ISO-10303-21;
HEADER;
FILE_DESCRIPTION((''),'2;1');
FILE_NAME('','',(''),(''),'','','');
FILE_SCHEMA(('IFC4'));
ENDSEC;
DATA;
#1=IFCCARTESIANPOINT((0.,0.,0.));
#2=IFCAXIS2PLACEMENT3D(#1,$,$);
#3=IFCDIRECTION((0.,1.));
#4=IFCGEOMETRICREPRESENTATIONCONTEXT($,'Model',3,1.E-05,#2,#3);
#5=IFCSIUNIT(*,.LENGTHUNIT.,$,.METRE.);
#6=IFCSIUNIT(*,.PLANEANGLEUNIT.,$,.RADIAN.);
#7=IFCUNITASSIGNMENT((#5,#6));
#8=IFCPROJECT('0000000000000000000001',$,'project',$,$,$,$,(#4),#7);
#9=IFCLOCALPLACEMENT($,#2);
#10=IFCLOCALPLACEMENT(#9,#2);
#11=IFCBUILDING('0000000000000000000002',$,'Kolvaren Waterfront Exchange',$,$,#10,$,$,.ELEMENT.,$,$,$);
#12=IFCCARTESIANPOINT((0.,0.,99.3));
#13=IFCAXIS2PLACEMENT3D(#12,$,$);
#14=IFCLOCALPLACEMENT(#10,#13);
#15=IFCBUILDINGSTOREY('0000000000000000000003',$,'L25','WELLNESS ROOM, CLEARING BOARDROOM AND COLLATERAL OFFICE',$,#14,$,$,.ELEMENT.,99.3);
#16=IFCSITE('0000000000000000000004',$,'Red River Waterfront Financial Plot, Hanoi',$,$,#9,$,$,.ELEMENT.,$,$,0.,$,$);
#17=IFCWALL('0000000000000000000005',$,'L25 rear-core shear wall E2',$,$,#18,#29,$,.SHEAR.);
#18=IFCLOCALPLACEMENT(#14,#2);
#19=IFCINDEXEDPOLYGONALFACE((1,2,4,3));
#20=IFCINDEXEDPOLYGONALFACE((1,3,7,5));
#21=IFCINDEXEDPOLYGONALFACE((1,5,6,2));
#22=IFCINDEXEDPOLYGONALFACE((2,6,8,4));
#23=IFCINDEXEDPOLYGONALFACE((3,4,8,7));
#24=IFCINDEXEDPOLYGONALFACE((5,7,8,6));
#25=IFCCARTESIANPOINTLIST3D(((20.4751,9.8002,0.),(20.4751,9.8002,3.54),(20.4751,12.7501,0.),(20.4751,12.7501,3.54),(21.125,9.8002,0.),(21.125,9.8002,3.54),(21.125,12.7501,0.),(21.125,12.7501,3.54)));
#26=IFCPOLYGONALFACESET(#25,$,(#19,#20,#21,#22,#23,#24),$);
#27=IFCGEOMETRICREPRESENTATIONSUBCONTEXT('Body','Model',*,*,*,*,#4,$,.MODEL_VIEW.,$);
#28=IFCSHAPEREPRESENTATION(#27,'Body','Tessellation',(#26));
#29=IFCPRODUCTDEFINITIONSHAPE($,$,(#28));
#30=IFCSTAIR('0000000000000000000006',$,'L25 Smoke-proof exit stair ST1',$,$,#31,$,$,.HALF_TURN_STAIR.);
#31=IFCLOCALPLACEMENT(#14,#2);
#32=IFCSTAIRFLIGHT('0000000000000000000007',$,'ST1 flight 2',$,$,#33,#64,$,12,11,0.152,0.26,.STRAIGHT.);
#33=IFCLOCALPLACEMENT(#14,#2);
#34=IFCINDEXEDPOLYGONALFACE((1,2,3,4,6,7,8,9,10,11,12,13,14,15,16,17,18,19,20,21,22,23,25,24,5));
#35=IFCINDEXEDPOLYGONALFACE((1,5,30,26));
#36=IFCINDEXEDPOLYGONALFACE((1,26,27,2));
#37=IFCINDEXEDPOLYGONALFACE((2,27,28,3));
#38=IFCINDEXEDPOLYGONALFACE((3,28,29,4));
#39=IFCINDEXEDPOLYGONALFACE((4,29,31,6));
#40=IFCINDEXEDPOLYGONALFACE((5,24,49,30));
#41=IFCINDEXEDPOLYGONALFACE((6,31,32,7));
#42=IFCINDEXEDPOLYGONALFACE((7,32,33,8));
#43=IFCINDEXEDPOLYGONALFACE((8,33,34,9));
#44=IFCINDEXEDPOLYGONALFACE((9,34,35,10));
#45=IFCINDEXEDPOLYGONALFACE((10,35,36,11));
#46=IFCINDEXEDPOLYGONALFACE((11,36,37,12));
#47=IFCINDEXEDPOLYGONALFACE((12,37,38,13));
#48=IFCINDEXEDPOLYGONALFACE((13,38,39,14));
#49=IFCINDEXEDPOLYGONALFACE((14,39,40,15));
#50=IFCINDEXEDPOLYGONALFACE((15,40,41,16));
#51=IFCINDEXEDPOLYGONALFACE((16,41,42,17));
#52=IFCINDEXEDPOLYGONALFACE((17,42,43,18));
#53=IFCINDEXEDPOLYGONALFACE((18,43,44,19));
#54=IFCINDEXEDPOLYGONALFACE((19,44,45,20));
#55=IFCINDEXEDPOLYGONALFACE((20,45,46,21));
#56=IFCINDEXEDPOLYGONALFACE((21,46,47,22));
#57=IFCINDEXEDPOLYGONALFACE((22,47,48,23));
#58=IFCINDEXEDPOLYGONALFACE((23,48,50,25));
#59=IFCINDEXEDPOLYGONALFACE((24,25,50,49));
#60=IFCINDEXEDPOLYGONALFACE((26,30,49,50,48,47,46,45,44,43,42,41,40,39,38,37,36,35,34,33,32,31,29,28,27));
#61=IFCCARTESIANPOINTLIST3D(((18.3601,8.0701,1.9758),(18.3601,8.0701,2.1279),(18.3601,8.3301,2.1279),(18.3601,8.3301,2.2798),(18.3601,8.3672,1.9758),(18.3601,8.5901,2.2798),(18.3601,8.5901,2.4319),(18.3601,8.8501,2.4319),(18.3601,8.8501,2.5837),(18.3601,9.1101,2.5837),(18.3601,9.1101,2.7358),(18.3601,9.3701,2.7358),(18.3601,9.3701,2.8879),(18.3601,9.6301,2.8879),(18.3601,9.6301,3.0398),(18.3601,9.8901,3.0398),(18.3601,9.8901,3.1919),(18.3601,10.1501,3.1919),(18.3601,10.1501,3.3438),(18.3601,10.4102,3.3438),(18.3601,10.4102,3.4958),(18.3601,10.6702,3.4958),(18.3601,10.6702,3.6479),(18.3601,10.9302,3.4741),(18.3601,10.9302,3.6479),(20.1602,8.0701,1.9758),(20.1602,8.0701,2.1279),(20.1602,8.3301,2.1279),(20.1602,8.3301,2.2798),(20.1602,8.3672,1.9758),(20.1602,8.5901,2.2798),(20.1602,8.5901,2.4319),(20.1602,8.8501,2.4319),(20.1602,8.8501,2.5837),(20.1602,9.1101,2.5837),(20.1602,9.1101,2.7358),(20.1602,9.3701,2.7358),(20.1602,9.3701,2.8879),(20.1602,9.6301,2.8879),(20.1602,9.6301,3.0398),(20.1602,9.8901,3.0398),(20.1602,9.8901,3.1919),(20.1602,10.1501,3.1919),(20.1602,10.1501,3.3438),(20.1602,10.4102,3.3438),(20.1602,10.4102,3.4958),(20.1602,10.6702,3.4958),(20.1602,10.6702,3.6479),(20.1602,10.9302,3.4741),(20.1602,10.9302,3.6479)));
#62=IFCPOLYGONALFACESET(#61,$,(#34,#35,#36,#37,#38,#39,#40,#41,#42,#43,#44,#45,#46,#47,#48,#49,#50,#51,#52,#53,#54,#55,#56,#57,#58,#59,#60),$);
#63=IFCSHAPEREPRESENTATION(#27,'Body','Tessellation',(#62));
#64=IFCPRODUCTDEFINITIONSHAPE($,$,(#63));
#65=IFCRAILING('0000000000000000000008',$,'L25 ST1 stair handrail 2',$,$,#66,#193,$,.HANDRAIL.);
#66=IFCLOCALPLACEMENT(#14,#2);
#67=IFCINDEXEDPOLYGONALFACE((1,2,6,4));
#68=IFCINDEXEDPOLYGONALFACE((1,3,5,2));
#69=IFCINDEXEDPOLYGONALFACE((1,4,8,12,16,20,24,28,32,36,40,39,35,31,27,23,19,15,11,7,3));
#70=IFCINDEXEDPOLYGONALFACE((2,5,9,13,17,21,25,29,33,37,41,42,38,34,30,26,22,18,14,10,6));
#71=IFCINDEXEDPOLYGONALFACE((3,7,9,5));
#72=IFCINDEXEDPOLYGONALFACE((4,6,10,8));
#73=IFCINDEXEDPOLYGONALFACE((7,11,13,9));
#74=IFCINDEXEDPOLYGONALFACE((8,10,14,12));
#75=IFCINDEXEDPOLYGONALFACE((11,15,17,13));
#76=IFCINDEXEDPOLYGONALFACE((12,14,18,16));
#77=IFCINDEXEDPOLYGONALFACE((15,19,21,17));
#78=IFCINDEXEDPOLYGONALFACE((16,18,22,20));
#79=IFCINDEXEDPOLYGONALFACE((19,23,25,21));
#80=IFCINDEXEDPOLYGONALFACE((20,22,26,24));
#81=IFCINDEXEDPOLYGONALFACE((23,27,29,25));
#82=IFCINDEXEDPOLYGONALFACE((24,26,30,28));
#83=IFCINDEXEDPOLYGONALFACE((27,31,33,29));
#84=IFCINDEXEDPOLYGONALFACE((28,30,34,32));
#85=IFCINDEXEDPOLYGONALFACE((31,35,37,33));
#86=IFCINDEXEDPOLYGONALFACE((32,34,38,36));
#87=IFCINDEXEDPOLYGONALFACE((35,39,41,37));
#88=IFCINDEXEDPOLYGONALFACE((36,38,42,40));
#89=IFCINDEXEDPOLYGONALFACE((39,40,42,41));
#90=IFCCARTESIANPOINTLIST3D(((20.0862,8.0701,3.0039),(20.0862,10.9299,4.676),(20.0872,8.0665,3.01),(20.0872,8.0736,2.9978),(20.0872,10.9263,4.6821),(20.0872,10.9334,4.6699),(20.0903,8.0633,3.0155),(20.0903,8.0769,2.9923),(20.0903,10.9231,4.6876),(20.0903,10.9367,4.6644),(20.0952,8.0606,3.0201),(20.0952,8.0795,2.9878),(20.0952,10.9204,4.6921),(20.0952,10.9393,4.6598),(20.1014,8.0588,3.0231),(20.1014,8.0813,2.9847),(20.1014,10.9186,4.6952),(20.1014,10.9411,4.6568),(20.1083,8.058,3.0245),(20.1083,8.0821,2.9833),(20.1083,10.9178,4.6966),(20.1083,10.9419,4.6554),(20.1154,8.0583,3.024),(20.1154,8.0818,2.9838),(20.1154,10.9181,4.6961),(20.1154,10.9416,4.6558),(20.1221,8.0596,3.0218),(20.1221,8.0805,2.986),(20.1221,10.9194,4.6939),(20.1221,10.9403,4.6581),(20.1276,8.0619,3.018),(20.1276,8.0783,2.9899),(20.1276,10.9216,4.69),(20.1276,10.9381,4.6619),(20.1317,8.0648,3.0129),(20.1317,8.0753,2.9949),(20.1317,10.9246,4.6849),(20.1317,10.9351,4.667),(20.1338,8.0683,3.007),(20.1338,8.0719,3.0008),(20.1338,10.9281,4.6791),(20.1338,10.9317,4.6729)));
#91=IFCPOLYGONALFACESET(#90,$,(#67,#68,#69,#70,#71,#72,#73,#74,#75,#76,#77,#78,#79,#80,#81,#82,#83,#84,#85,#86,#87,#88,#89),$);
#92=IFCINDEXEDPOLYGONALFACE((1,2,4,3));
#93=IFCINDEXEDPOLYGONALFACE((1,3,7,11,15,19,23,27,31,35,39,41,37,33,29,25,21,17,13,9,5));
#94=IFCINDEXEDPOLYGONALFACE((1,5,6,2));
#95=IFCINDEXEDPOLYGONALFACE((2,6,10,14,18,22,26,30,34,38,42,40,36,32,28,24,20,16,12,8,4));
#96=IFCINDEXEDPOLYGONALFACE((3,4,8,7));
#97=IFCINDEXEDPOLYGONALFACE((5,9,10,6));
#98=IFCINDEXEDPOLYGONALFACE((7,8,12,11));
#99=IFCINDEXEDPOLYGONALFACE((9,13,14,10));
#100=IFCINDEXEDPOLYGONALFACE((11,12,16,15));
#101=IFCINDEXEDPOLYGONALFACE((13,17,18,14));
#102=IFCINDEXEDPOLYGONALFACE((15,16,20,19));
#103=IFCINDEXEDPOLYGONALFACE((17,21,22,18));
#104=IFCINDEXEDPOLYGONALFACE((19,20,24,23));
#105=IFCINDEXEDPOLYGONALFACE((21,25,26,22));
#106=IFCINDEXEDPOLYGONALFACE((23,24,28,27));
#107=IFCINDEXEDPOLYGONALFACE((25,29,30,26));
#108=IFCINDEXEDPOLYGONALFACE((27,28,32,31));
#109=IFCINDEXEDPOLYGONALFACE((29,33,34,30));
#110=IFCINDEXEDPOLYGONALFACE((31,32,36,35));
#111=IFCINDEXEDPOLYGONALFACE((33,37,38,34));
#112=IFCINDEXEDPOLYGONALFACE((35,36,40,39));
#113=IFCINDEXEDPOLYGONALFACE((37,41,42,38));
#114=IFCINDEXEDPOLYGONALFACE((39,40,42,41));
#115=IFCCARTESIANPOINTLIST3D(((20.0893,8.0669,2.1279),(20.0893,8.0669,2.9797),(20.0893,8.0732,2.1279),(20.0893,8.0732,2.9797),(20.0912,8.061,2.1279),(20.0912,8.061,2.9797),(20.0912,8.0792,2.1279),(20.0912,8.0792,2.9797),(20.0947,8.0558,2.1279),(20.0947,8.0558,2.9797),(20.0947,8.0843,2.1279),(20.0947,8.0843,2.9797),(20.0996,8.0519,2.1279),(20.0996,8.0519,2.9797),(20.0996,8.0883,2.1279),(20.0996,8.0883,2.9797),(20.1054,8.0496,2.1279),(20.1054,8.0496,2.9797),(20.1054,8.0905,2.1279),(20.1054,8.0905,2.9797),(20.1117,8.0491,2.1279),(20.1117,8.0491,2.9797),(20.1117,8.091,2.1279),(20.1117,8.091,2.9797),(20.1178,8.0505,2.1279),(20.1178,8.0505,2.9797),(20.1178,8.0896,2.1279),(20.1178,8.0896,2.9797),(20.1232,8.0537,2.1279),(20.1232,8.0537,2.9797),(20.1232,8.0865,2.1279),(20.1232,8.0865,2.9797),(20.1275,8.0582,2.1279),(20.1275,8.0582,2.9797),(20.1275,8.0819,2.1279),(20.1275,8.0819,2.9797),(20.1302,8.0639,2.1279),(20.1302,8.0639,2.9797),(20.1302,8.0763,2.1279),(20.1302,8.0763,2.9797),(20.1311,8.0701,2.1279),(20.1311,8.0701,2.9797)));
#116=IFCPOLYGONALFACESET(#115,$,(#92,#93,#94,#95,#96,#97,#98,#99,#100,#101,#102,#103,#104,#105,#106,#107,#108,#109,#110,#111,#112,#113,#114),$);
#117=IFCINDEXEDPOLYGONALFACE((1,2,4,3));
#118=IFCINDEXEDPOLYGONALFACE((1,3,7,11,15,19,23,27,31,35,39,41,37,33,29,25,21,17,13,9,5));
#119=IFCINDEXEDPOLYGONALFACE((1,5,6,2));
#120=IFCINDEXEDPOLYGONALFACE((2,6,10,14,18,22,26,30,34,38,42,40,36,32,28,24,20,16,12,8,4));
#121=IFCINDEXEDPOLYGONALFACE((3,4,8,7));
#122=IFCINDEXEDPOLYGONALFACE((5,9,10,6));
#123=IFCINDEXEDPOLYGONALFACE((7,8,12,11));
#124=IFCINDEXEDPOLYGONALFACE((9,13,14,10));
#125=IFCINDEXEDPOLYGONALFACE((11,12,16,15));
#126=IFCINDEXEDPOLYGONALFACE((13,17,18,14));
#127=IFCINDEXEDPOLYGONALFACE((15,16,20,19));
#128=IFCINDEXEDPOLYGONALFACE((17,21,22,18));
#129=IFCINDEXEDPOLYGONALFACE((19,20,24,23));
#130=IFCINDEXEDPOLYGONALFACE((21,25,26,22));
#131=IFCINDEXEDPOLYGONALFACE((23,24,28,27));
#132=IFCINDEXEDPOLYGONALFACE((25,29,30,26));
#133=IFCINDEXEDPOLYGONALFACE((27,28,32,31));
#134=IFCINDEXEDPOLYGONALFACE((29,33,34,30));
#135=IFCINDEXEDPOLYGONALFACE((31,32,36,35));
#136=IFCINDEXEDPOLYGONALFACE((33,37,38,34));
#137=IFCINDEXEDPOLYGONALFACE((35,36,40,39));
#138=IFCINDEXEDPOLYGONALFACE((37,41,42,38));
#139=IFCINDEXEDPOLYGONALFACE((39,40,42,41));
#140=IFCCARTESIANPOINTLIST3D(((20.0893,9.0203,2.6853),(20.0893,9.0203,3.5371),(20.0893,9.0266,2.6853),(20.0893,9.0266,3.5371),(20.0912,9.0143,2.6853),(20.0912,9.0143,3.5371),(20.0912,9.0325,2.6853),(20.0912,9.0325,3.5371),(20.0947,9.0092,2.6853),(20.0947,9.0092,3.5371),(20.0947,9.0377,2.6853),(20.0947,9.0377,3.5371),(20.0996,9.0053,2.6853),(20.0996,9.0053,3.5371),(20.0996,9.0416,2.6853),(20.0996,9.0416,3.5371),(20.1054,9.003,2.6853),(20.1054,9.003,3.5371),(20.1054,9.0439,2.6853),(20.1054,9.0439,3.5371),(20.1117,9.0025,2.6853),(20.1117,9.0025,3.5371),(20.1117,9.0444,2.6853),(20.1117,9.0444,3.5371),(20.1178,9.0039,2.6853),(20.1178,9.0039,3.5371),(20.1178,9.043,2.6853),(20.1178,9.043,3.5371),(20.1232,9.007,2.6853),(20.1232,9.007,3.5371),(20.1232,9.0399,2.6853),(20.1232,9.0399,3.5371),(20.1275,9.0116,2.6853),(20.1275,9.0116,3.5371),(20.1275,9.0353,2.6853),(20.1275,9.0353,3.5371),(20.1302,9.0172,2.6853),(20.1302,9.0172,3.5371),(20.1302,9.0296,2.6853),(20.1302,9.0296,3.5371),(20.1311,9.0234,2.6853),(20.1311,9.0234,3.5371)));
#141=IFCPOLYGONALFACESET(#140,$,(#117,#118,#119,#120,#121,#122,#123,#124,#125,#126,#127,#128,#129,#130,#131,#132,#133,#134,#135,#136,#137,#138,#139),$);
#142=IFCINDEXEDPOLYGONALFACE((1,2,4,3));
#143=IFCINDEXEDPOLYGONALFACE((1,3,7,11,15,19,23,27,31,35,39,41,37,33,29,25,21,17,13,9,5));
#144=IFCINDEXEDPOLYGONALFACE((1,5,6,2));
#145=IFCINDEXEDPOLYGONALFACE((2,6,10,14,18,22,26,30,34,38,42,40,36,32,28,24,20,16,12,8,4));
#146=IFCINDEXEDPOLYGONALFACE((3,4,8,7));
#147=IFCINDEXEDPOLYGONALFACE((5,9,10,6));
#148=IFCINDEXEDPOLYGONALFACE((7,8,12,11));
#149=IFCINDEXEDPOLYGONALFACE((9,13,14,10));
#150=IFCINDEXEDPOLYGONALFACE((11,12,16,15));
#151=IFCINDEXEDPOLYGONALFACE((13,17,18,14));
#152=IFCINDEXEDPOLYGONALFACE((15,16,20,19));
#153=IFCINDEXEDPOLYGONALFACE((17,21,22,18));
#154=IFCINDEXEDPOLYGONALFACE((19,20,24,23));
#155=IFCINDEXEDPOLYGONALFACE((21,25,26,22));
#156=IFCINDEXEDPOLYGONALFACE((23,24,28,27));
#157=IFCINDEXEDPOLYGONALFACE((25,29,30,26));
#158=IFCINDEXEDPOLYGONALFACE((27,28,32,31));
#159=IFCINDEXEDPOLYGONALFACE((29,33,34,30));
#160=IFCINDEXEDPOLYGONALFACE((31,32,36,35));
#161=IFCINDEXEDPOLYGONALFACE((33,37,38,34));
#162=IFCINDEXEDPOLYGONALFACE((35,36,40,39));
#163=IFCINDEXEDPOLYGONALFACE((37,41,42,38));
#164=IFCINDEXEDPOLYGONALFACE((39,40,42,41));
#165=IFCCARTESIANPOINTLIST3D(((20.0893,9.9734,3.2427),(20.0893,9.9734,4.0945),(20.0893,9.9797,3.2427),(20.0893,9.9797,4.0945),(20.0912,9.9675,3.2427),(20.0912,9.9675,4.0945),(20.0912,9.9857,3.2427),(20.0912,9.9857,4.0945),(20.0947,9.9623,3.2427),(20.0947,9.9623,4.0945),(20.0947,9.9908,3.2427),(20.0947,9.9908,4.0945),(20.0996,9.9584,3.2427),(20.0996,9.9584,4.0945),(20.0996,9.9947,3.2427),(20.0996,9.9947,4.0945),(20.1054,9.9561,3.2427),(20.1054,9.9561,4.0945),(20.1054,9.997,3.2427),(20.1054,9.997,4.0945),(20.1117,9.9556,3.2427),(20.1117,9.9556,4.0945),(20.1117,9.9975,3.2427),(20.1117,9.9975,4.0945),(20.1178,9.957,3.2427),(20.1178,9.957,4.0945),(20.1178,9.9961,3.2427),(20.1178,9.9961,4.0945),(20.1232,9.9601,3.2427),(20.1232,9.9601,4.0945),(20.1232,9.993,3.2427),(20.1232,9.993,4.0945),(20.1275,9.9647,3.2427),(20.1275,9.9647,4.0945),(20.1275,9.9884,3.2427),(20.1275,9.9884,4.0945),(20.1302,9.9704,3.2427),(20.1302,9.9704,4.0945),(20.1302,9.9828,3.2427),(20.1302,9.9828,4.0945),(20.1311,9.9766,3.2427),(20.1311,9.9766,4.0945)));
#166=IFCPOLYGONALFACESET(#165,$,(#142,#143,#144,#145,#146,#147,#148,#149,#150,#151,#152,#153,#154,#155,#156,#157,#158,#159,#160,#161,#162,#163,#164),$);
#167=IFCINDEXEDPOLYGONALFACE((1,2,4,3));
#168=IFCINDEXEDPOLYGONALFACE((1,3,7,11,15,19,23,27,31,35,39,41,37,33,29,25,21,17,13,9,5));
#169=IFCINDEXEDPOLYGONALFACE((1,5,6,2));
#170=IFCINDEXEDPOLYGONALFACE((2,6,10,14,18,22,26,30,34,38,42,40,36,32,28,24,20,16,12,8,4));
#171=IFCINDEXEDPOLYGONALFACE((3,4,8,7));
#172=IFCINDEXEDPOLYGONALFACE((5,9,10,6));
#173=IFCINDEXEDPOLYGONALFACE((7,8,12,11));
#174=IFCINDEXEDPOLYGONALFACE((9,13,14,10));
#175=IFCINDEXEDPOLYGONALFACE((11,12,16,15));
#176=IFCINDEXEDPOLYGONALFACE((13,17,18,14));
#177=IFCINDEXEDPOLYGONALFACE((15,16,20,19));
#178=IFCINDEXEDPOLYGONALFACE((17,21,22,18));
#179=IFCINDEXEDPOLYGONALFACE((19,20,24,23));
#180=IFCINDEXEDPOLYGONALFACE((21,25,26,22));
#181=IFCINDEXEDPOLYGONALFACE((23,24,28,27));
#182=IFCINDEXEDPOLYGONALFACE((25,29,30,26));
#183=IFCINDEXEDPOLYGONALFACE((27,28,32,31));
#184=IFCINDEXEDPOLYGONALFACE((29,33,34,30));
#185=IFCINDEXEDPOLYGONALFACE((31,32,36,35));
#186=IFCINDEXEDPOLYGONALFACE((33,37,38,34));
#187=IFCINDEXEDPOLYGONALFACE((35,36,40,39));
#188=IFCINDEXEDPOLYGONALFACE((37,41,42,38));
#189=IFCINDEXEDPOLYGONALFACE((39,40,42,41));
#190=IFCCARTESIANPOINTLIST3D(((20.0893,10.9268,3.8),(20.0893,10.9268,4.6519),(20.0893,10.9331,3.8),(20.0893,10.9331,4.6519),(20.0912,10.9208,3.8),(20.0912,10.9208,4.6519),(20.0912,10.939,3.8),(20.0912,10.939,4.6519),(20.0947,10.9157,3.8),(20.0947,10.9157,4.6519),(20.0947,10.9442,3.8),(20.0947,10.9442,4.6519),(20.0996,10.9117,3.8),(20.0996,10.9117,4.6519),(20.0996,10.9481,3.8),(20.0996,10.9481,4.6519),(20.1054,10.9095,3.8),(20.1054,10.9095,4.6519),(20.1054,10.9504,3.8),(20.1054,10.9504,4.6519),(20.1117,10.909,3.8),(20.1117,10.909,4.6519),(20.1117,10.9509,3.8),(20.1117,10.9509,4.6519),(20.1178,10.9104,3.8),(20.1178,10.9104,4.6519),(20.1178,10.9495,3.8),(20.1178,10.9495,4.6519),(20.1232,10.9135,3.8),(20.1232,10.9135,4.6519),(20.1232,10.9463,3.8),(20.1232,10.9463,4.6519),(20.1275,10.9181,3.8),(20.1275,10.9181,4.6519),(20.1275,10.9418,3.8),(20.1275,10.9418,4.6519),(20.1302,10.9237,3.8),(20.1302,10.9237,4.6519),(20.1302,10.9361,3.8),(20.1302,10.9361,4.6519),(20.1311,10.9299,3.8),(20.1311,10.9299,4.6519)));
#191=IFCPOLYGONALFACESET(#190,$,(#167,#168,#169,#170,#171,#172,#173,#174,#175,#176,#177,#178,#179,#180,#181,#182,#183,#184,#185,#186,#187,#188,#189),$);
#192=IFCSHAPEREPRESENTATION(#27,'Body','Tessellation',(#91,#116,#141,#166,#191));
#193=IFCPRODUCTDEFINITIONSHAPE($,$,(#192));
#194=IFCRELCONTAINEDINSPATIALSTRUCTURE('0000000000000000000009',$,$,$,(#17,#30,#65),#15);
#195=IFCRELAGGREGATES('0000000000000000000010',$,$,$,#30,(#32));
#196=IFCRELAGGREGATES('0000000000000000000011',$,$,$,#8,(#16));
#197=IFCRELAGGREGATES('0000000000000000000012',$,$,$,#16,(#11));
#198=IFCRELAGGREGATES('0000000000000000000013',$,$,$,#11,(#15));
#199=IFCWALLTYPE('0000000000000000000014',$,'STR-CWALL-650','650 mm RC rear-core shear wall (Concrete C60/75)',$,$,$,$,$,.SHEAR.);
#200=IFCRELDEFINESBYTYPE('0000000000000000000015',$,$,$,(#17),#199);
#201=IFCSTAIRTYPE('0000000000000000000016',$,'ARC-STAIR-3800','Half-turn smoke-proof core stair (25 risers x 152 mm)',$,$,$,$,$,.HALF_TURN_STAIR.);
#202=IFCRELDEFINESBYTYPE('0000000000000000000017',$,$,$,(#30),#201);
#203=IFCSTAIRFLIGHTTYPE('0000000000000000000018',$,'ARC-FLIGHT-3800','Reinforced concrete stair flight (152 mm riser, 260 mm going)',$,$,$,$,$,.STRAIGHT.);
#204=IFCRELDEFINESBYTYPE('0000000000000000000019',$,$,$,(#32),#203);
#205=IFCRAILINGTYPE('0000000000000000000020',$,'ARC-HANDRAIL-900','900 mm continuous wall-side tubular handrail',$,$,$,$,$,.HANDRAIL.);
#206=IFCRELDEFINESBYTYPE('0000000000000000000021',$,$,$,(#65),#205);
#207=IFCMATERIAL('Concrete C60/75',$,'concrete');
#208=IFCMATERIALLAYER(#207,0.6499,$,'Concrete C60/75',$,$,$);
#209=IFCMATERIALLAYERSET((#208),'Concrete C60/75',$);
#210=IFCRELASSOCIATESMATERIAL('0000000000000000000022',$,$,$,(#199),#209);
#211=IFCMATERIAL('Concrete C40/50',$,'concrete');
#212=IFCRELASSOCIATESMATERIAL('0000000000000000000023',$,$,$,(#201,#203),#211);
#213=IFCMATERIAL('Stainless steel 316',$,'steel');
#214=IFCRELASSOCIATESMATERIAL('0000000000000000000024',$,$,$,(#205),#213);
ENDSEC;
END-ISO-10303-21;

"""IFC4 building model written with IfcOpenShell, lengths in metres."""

from ifc_helpers import new_model, si_unit, direction, frame, frame_2d, origin, origin_2d, place, context, subcontext, project, spatial, polyline, rectangle, circle, outline, extrude, material, layer, layer_set, type_object, element, aggregate, save


model = new_model("IFC4")

# Units and contexts
model_context = context("Model", 3, precision=1e-05, world=origin(), true_north=direction((0.0, 1.0)))
body_context = subcontext(model_context, "Body", "Model", "MODEL_VIEW")
ifc_project = project(units=[si_unit("LENGTHUNIT", "METRE"), si_unit("PLANEANGLEUNIT", "RADIAN")], contexts=[model_context])

# Site, building, storey
site_placement = place(None, origin())
site = spatial("IfcSite", under=ifc_project, at=site_placement, Name="Red River Waterfront Financial Plot, Hanoi", CompositionType="ELEMENT", RefElevation=0.0)
building_placement = place(site_placement, origin())
building = spatial("IfcBuilding", under=site, at=building_placement, Name="Kolvaren Waterfront Exchange", CompositionType="ELEMENT")
storey_placement = place(building_placement, frame((0.0, 0.0, 99.3)))
storey = spatial("IfcBuildingStorey", under=building, at=storey_placement, Name="L25", Description="WELLNESS ROOM, CLEARING BOARDROOM AND COLLATERAL OFFICE", CompositionType="ELEMENT", Elevation=99.3)

# Shared definitions
ifc_material_1 = material(Name="Concrete C60/75", Category="concrete")

# Shared definitions
ifc_material_2 = material(Name="Concrete C40/50", Category="concrete")

# Wall
ifc_layer_1 = layer(ifc_material_1, 0.6499, Name="Concrete C60/75")
ifc_layer_set_1 = layer_set([ifc_layer_1], Name="Concrete C60/75")
wall_type_1 = type_object("IfcWallType", Name="STR-CWALL-650", Description="650 mm RC rear-core shear wall (Concrete C60/75)", PredefinedType="SHEAR", material=ifc_layer_set_1)
wall_1_placement = place(storey_placement, frame((20.8, 9.8, 0.0), z_axis=(0.0, 0.0, 1.0), x_axis=(0.0, 1.0, 0.0)))
element("IfcWall", 1, at=wall_1_placement, inside=storey, type_object=wall_type_1, Name="L25 rear-core shear wall E2", PredefinedType="SHEAR", context=body_context, shape_type="SweptSolid", body=[
    extrude(rectangle(XDim=2.95, YDim=0.6499, at=frame_2d((1.4751, 0.0))), origin(), (0.0, 0.0, 1.0), 3.54),
])

# Stair, stair flight
stair_type = type_object("IfcStairType", Name="ARC-STAIR-3800", Description="Half-turn smoke-proof core stair (25 risers x 152 mm)", PredefinedType="HALF_TURN_STAIR", material=ifc_material_2)
stair_placement = place(storey_placement, origin())
stair = element("IfcStair", 2, at=stair_placement, inside=storey, type_object=stair_type, Name="L25 Smoke-proof exit stair ST1", PredefinedType="HALF_TURN_STAIR")
stair_flight_type = type_object("IfcStairFlightType", Name="ARC-FLIGHT-3800", Description="Reinforced concrete stair flight (152 mm riser, 260 mm going)", PredefinedType="STRAIGHT", material=ifc_material_2)
stair_flight_placement = place(storey_placement, frame((19.26, 8.0701, 1.9758), z_axis=(0.0, 0.0, 1.0), x_axis=(0.0, 1.0, 0.0)))
stair_flight = element("IfcStairFlight", 3, at=stair_flight_placement, type_object=stair_flight_type, Name="ST1 flight 2", NumberOfRisers=12, NumberOfTreads=11, PredefinedType="STRAIGHT", RiserHeight=0.152, TreadLength=0.26, context=body_context, shape_type="SweptSolid", body=[
    extrude(outline(polyline([(0.0, 0.0), (0.0, 0.1521), (0.26, 0.1521), (0.26, 0.304), (0.52, 0.304), (0.52, 0.4561), (0.78, 0.4561), (0.78, 0.6079), (1.04, 0.6079), (1.04, 0.76), (1.3, 0.76), (1.3, 0.9121), (1.5601, 0.9121), (1.5601, 1.064), (1.8201, 1.064), (1.8201, 1.2161), (2.0801, 1.2161), (2.0801, 1.3679), (2.3401, 1.3679), (2.3401, 1.52), (2.6001, 1.52), (2.6001, 1.6721), (2.8601, 1.6721), (2.8601, 1.824), (2.8601, 1.4983), (0.2971, 0.0), (0.0, 0.0)])), frame((0.0, 0.8999, 0.0), z_axis=(0.0, -1.0, 0.0), x_axis=(1.0, 0.0, 0.0)), (0.0, 0.0, 1.0), 1.8),
])
aggregate(stair, [stair_flight])

# Railing
ifc_material_3 = material(Name="Stainless steel 316", Category="steel")
railing_type = type_object("IfcRailingType", Name="ARC-HANDRAIL-900", Description="900 mm continuous wall-side tubular handrail", PredefinedType="HANDRAIL", material=ifc_material_3)
railing_1_placement = place(storey_placement, frame((20.1101, 8.0701, 2.1279)))
element("IfcRailing", 4, at=railing_1_placement, inside=storey, type_object=railing_type, Name="L25 ST1 stair handrail 2", PredefinedType="HANDRAIL", context=body_context, shape_type="SweptSolid", body=[
    extrude(circle(Radius=0.0239, at=origin_2d()), frame((0.0, 0.0, 0.876), z_axis=(0.0, 0.863271, 0.504741), x_axis=(-1.0, 0.0, 0.0)), (0.0, 0.0, 1.0), 3.3127),
    extrude(circle(Radius=0.021, at=origin_2d()), origin(), (0.0, 0.0, 1.0), 0.8518),
    extrude(circle(Radius=0.021, at=origin_2d()), frame((0.0, 0.9534, 0.5574)), (0.0, 0.0, 1.0), 0.8518),
    extrude(circle(Radius=0.021, at=origin_2d()), frame((0.0, 1.9065, 1.1147)), (0.0, 0.0, 1.0), 0.8518),
    extrude(circle(Radius=0.021, at=origin_2d()), frame((0.0, 2.8599, 1.6721)), (0.0, 0.0, 1.0), 0.8518),
])

save(model, "model.ifc")
